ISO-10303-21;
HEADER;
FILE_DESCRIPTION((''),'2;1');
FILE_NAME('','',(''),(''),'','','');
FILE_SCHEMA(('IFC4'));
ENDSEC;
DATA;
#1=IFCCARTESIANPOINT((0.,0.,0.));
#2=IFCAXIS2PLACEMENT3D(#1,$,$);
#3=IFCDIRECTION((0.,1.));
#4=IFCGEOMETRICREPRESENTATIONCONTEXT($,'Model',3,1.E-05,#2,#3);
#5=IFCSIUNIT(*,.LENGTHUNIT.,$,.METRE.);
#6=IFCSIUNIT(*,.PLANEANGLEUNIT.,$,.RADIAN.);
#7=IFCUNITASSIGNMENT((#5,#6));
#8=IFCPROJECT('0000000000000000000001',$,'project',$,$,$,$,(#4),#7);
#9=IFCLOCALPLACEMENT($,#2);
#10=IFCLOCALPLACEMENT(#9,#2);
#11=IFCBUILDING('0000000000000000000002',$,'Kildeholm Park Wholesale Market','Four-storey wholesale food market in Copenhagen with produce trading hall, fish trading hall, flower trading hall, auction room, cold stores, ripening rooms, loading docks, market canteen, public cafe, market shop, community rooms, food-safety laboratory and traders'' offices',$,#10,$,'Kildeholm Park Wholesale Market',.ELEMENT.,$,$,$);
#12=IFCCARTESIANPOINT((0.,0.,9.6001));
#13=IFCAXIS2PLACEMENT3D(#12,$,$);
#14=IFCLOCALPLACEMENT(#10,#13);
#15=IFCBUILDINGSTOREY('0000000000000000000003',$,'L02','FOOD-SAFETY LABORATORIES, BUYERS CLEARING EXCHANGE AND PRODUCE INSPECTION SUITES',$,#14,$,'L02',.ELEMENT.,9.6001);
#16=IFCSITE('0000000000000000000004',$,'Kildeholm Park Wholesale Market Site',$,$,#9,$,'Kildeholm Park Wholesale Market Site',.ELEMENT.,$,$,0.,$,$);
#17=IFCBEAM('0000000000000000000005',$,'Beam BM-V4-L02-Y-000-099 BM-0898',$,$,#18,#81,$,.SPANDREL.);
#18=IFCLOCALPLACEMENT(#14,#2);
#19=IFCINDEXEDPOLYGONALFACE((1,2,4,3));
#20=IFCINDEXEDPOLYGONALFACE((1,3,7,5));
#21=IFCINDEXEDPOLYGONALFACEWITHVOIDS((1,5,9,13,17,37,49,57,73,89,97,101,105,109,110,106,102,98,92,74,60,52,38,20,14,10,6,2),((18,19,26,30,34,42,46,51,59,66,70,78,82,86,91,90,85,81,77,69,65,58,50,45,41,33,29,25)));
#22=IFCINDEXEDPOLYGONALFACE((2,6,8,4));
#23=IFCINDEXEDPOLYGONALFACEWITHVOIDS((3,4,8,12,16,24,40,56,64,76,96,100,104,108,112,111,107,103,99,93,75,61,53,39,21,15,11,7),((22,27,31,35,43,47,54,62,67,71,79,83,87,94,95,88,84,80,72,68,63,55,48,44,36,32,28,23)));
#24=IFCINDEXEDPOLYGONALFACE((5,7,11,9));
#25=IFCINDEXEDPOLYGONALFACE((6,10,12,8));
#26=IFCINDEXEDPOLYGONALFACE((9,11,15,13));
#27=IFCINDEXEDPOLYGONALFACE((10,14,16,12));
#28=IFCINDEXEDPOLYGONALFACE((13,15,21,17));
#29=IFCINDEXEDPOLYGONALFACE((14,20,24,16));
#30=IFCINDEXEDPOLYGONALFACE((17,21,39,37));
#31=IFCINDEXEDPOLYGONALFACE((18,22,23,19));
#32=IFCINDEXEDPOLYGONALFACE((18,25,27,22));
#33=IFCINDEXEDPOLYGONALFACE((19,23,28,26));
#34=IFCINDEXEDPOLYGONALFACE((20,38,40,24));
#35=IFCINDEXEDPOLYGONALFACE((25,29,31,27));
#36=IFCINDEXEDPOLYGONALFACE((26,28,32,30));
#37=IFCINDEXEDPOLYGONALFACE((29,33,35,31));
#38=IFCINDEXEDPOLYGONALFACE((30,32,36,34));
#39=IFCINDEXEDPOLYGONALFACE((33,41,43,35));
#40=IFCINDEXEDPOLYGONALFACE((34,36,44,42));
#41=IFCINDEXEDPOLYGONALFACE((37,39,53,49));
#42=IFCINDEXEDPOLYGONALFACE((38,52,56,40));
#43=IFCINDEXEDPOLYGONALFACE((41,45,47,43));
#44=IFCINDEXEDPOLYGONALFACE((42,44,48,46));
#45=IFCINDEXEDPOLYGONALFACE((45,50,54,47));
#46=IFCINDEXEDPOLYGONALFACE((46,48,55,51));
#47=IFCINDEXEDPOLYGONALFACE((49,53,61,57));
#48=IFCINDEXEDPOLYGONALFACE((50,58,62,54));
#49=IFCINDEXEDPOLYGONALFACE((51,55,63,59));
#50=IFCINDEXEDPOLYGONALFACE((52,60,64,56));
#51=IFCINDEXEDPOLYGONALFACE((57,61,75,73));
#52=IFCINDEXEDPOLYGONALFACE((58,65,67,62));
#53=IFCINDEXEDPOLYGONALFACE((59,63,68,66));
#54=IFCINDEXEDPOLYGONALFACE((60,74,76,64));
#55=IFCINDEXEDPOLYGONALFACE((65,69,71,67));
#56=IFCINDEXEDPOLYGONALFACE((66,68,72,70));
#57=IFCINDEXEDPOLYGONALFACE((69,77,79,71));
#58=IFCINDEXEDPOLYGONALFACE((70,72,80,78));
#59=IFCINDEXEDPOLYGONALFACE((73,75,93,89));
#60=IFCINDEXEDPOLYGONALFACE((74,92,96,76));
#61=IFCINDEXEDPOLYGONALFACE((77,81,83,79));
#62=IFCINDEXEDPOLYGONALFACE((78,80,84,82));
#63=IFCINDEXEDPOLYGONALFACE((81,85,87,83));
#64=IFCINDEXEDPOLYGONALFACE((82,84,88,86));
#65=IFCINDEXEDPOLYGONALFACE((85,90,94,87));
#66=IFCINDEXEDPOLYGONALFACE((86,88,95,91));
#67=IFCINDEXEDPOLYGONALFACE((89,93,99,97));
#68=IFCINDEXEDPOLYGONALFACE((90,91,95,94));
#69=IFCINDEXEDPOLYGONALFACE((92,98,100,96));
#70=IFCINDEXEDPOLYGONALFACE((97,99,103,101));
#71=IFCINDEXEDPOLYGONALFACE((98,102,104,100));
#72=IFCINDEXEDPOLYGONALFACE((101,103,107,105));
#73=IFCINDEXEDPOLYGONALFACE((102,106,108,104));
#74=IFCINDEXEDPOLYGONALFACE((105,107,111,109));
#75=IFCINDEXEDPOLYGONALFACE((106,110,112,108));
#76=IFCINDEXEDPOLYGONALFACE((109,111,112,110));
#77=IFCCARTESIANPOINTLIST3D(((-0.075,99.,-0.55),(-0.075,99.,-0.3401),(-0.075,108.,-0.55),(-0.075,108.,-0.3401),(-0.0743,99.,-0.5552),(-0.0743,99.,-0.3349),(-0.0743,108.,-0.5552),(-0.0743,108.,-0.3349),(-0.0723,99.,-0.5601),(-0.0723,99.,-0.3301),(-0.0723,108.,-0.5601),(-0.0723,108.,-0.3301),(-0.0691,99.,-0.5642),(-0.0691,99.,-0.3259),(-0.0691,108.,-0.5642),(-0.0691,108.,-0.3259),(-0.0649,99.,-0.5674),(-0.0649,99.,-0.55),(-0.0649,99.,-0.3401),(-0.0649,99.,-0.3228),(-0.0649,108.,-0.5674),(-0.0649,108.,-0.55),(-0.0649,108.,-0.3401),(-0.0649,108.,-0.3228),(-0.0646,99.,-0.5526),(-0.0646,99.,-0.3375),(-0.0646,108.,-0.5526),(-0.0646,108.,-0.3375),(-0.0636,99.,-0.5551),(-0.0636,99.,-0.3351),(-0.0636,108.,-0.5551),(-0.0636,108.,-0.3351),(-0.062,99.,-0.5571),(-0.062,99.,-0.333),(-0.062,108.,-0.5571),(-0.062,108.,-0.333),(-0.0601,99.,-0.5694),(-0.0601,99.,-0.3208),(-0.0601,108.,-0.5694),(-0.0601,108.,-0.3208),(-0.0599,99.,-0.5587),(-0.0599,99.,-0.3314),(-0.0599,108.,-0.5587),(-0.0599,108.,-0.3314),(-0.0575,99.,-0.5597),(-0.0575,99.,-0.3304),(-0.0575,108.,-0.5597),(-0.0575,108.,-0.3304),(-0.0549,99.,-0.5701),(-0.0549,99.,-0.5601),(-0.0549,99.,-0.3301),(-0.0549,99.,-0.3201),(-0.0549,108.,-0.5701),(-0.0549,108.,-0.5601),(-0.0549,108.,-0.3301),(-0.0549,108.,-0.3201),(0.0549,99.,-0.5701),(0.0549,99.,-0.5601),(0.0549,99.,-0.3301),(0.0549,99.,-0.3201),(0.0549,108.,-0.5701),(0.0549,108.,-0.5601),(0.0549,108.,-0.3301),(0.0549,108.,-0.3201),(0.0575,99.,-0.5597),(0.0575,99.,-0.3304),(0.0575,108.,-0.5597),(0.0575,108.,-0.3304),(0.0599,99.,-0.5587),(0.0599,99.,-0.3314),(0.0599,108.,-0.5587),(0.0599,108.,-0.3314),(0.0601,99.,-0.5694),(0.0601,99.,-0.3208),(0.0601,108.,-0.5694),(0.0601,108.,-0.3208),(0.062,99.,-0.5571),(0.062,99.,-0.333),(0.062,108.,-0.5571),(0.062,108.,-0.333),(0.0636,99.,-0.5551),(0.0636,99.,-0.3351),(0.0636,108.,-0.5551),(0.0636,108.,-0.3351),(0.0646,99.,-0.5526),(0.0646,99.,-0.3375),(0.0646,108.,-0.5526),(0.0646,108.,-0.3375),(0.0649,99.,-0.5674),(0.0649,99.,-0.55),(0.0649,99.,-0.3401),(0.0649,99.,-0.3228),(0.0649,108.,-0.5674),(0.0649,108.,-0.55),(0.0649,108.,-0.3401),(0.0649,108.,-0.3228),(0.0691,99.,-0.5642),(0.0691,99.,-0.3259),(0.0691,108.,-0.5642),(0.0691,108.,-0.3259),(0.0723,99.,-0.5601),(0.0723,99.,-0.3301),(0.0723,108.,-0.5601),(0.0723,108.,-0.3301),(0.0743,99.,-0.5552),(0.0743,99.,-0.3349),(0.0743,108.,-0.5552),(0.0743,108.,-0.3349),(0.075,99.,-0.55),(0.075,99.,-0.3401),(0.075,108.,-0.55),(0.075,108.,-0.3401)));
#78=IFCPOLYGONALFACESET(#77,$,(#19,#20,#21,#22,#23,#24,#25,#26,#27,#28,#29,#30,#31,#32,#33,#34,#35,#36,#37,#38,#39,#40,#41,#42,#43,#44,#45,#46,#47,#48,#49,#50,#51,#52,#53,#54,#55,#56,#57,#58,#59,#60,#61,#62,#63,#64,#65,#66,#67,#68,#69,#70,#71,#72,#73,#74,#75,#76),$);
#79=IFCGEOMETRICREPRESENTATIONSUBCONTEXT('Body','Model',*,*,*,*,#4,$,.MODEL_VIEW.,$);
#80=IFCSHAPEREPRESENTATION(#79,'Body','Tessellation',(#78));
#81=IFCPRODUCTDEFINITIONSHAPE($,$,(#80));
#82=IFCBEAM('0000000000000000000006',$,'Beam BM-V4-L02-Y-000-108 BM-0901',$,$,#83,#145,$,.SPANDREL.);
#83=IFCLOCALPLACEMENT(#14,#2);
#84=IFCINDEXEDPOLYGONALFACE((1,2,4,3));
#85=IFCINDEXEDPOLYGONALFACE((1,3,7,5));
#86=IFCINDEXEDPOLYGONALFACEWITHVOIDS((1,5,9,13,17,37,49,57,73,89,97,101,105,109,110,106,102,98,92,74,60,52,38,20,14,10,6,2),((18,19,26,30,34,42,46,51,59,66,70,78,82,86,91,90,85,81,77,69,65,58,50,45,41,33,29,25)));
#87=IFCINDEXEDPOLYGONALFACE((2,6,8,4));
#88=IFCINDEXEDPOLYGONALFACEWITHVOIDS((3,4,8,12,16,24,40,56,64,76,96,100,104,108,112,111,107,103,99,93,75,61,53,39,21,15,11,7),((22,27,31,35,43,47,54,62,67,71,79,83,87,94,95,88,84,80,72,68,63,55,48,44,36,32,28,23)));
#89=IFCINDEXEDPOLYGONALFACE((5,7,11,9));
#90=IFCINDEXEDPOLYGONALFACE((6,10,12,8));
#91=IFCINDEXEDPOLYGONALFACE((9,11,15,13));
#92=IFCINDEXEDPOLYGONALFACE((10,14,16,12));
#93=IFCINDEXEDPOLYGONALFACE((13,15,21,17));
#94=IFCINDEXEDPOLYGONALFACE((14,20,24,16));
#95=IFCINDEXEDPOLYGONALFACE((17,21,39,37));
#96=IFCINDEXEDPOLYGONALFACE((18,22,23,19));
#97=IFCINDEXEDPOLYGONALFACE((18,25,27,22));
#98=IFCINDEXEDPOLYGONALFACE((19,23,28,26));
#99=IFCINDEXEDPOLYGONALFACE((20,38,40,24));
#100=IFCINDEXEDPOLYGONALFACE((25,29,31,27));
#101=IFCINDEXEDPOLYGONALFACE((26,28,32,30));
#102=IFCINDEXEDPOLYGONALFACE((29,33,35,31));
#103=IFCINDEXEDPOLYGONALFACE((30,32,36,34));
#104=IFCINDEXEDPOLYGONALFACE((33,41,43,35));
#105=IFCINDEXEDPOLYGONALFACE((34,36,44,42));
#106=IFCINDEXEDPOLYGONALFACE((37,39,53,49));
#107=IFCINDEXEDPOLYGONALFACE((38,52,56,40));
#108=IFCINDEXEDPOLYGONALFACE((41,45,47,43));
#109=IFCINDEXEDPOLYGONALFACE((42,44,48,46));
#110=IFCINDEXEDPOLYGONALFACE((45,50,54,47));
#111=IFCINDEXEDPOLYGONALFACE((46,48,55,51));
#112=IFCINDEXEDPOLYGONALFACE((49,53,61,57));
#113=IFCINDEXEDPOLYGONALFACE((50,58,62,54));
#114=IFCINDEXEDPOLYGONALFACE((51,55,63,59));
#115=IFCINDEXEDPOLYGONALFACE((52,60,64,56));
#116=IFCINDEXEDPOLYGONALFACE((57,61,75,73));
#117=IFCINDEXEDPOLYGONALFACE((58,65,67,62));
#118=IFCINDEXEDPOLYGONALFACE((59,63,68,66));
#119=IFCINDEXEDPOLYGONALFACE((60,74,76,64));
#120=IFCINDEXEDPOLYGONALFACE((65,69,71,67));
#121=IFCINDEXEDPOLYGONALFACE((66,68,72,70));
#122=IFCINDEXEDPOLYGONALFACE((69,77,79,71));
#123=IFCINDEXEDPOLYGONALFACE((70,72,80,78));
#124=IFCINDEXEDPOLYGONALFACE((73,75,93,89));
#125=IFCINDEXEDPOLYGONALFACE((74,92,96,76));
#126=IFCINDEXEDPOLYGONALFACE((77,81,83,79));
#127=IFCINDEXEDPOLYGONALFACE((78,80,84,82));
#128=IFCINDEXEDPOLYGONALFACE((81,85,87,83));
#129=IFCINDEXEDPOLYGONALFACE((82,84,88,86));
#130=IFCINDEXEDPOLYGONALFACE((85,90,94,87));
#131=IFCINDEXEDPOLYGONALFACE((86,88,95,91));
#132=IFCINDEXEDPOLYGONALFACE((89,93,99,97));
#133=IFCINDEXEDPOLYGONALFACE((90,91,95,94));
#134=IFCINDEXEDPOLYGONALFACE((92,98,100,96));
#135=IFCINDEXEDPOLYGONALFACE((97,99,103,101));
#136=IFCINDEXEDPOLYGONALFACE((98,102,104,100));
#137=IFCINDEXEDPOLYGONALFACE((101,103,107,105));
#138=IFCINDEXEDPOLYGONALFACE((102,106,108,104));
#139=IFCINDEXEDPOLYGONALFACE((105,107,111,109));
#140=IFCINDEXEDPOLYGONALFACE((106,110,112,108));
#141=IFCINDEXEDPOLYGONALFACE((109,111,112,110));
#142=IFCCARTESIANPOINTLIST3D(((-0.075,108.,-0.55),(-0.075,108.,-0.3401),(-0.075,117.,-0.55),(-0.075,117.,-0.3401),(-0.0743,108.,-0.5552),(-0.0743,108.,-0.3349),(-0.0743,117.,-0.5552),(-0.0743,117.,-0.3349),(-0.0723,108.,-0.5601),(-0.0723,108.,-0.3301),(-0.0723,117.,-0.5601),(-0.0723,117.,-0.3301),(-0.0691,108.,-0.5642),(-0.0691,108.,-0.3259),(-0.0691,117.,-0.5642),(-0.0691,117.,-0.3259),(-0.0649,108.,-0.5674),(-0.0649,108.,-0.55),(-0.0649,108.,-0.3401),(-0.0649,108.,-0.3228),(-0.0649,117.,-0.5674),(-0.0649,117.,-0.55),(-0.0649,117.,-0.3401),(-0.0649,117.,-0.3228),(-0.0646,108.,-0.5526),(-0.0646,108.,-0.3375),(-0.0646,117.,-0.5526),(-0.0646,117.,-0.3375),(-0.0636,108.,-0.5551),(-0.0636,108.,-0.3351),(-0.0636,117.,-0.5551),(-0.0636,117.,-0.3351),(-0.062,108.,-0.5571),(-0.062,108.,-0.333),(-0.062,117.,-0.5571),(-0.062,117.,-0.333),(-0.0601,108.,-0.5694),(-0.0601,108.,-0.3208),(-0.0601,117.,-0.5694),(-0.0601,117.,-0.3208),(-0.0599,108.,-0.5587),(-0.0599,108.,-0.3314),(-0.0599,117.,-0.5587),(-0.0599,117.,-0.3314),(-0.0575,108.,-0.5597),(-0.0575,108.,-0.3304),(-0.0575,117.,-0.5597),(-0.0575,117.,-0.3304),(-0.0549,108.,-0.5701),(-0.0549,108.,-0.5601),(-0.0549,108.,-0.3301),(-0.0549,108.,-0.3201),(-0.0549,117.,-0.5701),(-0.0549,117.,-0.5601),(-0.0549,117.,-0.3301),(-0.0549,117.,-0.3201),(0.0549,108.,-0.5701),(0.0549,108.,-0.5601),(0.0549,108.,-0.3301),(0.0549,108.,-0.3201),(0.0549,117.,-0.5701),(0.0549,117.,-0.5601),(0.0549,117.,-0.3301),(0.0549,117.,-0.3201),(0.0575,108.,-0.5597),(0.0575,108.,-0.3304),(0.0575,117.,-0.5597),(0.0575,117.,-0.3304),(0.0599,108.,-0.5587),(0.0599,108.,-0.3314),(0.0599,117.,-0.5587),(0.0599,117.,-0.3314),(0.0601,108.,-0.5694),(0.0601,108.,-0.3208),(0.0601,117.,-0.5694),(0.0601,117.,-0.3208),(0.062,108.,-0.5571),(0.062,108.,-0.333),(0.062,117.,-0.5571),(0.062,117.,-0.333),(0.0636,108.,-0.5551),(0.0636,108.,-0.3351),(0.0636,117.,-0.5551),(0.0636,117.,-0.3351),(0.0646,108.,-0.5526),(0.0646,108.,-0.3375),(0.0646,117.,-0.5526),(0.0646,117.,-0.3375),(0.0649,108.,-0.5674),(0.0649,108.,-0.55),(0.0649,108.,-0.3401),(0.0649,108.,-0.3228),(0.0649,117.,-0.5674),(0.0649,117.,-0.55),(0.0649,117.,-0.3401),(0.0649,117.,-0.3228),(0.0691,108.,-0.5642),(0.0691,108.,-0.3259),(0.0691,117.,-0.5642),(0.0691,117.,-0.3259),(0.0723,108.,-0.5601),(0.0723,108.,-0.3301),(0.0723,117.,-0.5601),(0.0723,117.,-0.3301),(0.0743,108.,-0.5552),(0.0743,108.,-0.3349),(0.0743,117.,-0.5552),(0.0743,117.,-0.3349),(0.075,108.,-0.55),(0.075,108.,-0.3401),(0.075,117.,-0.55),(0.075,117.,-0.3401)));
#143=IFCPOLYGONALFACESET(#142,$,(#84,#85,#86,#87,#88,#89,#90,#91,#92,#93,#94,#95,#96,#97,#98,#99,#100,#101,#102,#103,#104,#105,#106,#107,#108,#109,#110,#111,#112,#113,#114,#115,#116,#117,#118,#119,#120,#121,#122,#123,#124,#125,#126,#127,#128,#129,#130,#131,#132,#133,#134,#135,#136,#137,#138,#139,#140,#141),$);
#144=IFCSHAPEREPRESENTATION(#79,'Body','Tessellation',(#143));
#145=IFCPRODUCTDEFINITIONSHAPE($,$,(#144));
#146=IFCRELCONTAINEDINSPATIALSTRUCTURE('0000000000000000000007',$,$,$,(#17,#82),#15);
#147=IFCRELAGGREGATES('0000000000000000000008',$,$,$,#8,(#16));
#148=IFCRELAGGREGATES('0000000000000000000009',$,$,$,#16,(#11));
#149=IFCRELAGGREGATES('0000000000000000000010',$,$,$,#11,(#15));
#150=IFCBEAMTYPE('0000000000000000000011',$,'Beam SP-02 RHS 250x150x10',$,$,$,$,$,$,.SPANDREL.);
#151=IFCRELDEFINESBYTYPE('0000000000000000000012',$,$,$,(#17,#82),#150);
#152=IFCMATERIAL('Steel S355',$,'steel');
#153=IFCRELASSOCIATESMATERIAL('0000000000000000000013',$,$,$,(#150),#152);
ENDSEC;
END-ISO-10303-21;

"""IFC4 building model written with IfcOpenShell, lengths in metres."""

from ifc_helpers import new_model, si_unit, direction, frame, origin, origin_2d, place, context, subcontext, project, spatial, hollow_rectangle, extrude, material, material_profile, profile_set, type_object, element, save


model = new_model("IFC4")

# Units and contexts
model_context = context("Model", 3, precision=1e-05, world=origin(), true_north=direction((0.0, 1.0)))
body_context = subcontext(model_context, "Body", "Model", "MODEL_VIEW")
ifc_project = project(units=[si_unit("LENGTHUNIT", "METRE"), si_unit("PLANEANGLEUNIT", "RADIAN")], contexts=[model_context])

# Site, building, storey
site_placement = place(None, origin())
site = spatial("IfcSite", under=ifc_project, at=site_placement, Name="Kildeholm Park Wholesale Market Site", LongName="Kildeholm Park Wholesale Market Site", CompositionType="ELEMENT", RefElevation=0.0)
building_placement = place(site_placement, origin())
building = spatial("IfcBuilding", under=site, at=building_placement, Name="Kildeholm Park Wholesale Market", Description="Four-storey wholesale food market in Copenhagen with produce trading hall, fish trading hall, flower trading hall, auction room, cold stores, ripening rooms, loading docks, market canteen, public cafe, market shop, community rooms, food-safety laboratory and traders' offices", LongName="Kildeholm Park Wholesale Market", CompositionType="ELEMENT")
storey_placement = place(building_placement, frame((0.0, 0.0, 9.6001)))
storey = spatial("IfcBuildingStorey", under=building, at=storey_placement, Name="L02", Description="FOOD-SAFETY LABORATORIES, BUYERS CLEARING EXCHANGE AND PRODUCE INSPECTION SUITES", LongName="L02", CompositionType="ELEMENT", Elevation=9.6001)

# Beams
ifc_material_1 = material(Name="Steel S355", Category="steel")
ifc_material_profile_1 = material_profile(ifc_material_1, hollow_rectangle(XDim=0.1499, YDim=0.25, WallThickness=0.01, InnerFilletRadius=0.01, OuterFilletRadius=0.02, at=origin_2d()), Name="RHS 250x150x10")
ifc_profile_set_1 = profile_set([ifc_material_profile_1], Name="Steel S355")
beam_type_1 = type_object("IfcBeamType", Name="Beam SP-02 RHS 250x150x10", PredefinedType="SPANDREL", material=ifc_profile_set_1)
for number, where, z_axis, x_axis, name in (
    (1, (0.0, 99.0, -0.4451), (0.0, 1.0, 0.0), (-1.0, 0.0, 0.0), "Beam BM-V4-L02-Y-000-099 BM-0898"),
    (2, (0.0, 108.0, -0.4451), (0.0, 1.0, 0.0), (-1.0, 0.0, 0.0), "Beam BM-V4-L02-Y-000-108 BM-0901"),
):
    element("IfcBeam", number, at=place(storey_placement, frame(where, z_axis=z_axis, x_axis=x_axis)), inside=storey, type_object=beam_type_1, Name=name, PredefinedType="SPANDREL", context=body_context, shape_type="SweptSolid", body=[
        extrude(hollow_rectangle(XDim=0.1499, YDim=0.25, WallThickness=0.01, InnerFilletRadius=0.01, OuterFilletRadius=0.02, at=origin_2d()), origin(), (0.0, 0.0, 1.0), 9.0),
    ])

save(model, "model.ifc")
